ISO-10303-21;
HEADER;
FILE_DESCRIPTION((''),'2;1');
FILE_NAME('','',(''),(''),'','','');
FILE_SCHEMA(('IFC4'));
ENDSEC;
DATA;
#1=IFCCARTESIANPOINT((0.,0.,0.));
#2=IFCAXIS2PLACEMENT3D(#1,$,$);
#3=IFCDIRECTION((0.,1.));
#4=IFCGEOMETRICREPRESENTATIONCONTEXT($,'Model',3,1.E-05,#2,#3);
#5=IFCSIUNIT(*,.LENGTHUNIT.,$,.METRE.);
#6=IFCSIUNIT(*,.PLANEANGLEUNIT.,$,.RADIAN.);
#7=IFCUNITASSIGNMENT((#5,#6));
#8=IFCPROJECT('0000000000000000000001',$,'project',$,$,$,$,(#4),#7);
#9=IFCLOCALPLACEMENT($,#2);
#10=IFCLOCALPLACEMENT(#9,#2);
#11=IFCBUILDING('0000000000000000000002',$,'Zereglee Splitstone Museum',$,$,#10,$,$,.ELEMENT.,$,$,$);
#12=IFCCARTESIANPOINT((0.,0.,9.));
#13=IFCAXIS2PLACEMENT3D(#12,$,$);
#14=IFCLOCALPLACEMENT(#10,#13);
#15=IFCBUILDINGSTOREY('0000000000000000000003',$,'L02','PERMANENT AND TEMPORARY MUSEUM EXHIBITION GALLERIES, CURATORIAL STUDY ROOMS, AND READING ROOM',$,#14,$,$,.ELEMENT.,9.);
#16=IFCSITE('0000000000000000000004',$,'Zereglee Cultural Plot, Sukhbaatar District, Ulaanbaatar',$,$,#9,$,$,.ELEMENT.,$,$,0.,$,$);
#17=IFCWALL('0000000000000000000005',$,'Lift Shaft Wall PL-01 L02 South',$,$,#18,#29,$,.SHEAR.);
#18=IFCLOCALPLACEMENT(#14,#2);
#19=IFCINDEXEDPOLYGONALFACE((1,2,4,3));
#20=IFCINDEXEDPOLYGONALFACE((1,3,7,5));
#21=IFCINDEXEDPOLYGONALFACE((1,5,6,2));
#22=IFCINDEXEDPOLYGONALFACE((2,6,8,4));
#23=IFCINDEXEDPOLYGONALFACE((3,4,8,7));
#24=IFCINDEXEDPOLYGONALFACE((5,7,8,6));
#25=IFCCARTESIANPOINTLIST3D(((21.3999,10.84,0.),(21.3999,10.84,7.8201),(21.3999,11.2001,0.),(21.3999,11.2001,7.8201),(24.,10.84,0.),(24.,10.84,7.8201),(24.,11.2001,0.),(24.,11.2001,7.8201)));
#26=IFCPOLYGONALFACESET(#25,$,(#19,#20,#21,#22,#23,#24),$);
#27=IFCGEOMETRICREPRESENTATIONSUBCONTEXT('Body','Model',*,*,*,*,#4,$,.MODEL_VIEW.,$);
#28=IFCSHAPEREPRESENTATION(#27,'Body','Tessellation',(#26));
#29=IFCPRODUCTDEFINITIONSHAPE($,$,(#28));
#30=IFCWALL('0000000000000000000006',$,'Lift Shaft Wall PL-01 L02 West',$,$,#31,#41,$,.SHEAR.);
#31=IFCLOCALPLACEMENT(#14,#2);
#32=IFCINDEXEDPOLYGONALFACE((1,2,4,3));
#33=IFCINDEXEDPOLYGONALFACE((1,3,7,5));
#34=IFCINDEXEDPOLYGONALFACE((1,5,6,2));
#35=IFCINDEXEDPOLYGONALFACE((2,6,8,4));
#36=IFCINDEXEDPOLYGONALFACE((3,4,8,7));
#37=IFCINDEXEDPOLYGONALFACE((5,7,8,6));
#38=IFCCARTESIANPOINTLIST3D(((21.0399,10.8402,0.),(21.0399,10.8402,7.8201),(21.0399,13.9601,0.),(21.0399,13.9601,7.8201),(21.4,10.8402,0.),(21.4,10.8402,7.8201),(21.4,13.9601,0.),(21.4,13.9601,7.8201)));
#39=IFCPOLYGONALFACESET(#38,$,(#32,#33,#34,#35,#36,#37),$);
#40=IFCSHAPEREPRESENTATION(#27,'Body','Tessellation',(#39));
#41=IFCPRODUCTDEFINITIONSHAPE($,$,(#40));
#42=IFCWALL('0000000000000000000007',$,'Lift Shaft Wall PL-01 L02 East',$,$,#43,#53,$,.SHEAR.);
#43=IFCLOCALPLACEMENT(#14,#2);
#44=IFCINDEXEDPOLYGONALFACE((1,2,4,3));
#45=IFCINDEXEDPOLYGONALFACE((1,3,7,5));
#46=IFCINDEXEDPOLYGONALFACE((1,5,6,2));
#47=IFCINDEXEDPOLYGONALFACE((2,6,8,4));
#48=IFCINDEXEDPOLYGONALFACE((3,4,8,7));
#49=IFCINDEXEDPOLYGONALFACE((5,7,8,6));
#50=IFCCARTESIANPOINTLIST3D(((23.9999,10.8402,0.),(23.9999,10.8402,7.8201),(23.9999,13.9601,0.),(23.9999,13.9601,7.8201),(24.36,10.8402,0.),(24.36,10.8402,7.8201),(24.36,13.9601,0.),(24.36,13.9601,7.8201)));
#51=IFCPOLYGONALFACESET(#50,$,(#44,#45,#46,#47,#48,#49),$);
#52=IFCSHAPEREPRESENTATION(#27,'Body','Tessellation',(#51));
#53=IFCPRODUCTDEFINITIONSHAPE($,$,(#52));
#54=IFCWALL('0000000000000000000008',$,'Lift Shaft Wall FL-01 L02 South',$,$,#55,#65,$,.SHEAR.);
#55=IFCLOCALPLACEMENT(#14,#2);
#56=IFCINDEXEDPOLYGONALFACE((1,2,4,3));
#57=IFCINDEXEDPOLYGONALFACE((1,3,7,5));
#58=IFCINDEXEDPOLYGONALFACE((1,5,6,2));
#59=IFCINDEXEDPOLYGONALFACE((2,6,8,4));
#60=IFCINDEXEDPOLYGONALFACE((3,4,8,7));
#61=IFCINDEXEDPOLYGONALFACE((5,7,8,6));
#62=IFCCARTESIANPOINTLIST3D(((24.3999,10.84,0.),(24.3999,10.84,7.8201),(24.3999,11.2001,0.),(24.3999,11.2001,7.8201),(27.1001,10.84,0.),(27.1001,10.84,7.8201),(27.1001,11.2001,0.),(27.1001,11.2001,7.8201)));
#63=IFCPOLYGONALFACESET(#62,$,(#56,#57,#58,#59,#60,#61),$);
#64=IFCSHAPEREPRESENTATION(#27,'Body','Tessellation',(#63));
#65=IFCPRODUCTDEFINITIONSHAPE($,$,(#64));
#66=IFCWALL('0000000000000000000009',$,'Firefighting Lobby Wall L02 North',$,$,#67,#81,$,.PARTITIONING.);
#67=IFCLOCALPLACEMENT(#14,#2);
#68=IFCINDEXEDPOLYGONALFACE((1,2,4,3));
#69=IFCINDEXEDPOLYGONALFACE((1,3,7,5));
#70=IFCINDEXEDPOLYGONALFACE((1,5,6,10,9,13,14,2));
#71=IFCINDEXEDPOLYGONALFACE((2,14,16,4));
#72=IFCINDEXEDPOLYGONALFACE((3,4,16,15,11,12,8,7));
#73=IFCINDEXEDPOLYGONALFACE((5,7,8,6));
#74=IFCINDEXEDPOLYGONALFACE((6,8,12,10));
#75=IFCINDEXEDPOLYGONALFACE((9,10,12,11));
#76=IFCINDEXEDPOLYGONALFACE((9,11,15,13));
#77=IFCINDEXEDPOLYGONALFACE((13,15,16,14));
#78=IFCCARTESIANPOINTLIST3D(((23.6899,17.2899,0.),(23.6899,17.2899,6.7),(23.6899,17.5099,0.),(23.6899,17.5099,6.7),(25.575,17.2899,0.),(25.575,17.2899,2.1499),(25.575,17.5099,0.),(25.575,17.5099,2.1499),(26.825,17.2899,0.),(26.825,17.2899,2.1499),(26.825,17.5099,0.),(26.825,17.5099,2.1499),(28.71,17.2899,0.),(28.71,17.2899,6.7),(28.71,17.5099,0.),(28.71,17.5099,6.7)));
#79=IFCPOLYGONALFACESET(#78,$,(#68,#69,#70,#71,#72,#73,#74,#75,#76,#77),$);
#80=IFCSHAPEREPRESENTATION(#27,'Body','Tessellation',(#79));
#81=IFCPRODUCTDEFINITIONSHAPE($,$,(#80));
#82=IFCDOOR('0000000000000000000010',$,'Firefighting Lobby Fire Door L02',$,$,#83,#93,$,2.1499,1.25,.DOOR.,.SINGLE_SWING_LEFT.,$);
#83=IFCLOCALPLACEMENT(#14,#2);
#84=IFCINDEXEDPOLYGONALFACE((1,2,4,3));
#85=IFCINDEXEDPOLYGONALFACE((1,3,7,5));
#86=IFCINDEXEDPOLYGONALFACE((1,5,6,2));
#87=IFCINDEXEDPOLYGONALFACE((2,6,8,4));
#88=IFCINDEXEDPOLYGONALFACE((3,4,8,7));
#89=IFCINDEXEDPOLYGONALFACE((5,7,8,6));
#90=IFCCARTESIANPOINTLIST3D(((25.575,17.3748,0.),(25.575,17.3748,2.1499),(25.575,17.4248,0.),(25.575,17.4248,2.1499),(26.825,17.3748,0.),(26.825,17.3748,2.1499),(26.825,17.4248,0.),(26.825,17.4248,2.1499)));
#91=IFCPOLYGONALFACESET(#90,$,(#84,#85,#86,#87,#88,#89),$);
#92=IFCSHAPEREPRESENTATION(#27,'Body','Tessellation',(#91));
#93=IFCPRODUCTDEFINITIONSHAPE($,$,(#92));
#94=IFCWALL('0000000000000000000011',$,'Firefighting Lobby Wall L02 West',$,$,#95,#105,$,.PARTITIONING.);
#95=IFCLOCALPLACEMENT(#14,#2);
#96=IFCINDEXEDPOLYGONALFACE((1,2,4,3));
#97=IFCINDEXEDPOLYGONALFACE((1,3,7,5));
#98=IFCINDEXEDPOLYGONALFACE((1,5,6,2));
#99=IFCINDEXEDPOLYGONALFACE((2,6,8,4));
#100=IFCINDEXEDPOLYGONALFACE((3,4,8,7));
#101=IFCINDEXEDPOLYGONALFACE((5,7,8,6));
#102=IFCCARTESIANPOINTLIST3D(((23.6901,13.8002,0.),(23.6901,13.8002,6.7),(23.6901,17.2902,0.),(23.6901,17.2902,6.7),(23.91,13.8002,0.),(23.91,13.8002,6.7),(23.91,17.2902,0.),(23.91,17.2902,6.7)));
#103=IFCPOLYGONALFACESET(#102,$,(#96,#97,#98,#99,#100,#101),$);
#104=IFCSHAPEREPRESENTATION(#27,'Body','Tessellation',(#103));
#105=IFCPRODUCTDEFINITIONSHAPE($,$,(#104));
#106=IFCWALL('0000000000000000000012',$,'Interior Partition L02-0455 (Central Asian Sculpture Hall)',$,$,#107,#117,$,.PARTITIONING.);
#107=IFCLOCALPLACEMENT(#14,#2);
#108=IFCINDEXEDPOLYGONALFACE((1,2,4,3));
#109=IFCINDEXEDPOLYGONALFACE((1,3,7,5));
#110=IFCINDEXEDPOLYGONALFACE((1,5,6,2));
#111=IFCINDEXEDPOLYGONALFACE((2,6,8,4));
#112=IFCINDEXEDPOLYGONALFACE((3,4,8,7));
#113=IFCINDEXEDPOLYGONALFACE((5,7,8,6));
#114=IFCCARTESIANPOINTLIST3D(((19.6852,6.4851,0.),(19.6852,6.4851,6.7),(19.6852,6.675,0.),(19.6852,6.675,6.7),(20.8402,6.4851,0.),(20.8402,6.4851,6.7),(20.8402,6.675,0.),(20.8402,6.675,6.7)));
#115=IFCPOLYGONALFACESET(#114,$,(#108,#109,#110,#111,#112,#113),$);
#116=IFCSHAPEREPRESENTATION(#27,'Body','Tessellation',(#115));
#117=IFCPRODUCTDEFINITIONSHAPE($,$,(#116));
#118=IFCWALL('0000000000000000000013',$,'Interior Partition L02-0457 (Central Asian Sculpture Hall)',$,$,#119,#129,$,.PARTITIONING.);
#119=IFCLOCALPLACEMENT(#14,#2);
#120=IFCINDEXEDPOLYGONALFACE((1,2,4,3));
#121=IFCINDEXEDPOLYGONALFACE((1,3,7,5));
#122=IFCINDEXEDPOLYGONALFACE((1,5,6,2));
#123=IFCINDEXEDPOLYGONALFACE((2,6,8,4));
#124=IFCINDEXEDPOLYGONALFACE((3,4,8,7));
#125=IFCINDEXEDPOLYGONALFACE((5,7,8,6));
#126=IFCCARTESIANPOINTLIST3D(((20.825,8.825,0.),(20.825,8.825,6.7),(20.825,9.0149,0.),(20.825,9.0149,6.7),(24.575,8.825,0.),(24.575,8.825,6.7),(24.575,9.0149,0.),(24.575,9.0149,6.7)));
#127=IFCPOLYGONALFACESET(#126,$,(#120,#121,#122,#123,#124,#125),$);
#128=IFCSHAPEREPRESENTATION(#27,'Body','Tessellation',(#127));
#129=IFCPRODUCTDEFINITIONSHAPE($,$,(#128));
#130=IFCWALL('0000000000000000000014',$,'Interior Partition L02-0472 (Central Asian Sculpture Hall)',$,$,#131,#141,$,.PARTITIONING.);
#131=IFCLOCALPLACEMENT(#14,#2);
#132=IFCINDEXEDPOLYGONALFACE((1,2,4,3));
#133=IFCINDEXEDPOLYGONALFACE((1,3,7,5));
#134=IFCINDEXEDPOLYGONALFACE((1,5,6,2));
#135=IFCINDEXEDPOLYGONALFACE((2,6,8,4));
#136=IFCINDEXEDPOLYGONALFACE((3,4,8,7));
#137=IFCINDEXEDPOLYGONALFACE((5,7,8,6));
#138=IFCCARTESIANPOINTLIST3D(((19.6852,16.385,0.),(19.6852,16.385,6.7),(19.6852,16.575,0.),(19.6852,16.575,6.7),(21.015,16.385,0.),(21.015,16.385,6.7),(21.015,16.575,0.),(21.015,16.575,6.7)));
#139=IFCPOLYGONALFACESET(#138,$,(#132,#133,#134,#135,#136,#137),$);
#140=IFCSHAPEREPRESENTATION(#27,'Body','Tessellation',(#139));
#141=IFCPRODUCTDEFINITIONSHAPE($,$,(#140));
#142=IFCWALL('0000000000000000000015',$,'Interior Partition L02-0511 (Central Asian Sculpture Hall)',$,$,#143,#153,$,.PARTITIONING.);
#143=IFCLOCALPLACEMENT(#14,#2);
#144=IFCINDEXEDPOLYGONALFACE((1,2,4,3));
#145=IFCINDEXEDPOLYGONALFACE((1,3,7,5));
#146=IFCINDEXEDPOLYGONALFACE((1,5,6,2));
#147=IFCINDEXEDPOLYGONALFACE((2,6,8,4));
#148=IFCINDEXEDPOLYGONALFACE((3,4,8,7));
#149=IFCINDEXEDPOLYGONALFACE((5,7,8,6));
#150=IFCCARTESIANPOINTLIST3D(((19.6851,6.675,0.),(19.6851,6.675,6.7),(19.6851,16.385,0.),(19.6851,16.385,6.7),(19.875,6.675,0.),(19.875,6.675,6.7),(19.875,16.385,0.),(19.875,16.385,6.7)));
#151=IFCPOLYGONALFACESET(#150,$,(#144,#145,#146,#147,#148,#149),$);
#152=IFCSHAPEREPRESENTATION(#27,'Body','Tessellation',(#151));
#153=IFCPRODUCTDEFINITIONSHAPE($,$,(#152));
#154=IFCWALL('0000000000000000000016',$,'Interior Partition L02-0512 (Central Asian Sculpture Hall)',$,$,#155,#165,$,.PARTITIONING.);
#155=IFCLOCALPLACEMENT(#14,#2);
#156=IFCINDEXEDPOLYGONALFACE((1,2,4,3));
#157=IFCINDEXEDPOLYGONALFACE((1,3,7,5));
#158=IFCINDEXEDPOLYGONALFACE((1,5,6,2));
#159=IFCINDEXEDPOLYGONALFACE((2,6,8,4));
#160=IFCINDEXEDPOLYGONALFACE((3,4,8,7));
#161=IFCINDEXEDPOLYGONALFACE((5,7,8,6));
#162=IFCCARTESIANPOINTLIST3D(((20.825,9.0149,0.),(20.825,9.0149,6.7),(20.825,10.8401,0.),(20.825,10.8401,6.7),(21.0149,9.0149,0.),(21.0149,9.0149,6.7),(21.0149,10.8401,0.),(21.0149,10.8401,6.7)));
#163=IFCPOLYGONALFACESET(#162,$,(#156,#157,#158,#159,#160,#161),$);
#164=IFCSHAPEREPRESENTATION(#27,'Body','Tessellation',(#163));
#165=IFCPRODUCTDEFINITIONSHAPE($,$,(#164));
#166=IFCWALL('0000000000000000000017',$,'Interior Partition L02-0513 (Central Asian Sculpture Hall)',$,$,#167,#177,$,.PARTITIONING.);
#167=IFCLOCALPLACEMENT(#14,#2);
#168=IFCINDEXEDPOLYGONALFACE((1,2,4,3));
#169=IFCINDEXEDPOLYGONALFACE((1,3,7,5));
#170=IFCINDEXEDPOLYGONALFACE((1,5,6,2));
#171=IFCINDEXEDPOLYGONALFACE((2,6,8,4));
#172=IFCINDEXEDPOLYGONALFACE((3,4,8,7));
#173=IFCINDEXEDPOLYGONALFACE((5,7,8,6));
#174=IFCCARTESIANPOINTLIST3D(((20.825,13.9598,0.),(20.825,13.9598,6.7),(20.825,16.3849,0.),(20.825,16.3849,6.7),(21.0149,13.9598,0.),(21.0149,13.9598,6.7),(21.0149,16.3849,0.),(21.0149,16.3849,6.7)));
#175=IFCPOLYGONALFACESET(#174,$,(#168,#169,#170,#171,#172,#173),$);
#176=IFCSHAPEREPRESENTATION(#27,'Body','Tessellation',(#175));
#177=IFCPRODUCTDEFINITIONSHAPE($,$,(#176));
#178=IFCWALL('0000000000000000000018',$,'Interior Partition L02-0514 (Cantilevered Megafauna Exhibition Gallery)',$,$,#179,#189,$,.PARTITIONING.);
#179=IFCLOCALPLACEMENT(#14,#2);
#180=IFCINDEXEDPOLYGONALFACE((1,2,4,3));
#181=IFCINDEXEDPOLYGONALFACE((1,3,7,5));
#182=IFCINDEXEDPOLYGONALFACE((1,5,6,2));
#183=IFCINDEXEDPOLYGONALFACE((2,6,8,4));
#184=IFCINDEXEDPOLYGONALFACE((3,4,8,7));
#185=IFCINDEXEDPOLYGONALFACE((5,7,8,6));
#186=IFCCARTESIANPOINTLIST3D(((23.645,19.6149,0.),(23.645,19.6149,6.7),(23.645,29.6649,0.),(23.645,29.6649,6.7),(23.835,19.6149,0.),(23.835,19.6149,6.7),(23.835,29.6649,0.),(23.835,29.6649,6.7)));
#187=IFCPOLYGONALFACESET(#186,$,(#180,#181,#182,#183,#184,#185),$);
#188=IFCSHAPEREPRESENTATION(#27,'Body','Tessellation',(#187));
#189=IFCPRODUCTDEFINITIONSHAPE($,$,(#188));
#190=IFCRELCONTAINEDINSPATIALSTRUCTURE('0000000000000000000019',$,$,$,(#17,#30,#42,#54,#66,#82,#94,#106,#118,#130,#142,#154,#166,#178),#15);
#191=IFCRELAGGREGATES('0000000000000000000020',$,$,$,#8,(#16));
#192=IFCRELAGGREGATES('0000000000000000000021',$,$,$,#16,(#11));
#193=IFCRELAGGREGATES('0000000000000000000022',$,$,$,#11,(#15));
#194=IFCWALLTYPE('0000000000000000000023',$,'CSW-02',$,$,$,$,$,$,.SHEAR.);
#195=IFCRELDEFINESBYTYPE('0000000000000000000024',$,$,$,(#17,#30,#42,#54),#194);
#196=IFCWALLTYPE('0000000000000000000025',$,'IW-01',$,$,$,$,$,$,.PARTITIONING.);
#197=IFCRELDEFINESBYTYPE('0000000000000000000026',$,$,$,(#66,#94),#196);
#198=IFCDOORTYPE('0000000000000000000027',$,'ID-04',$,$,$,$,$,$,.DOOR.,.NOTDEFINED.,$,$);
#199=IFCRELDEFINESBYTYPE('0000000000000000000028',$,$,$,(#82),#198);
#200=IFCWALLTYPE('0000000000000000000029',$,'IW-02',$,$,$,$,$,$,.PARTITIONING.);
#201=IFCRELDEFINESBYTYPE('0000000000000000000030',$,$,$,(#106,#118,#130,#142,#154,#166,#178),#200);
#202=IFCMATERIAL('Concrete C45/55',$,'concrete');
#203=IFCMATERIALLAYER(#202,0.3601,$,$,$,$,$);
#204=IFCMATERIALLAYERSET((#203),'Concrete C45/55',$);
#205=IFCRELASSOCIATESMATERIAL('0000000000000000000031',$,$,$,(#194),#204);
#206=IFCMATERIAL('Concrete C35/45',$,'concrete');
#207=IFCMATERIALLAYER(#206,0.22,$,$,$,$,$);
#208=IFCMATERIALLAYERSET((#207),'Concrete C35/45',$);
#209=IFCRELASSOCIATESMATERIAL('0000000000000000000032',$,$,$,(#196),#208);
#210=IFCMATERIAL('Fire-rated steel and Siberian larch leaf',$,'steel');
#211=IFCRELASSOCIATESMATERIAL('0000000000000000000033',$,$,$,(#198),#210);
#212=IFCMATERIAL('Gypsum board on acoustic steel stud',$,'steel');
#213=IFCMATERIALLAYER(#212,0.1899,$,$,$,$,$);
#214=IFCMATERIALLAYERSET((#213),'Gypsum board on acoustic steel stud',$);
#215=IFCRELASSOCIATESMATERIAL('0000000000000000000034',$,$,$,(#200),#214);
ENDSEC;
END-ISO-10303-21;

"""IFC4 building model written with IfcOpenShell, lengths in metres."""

from ifc_helpers import new_model, si_unit, direction, frame, frame_2d, origin, place, context, subcontext, project, spatial, rectangle, extrude, material, layer, layer_set, type_object, element, fill, save


model = new_model("IFC4")

# Units and contexts
model_context = context("Model", 3, precision=1e-05, world=origin(), true_north=direction((0.0, 1.0)))
body_context = subcontext(model_context, "Body", "Model", "MODEL_VIEW")
ifc_project = project(units=[si_unit("LENGTHUNIT", "METRE"), si_unit("PLANEANGLEUNIT", "RADIAN")], contexts=[model_context])

# Site, building, storey
site_placement = place(None, origin())
site = spatial("IfcSite", under=ifc_project, at=site_placement, Name="Zereglee Cultural Plot, Sukhbaatar District, Ulaanbaatar", CompositionType="ELEMENT", RefElevation=0.0)
building_placement = place(site_placement, origin())
building = spatial("IfcBuilding", under=site, at=building_placement, Name="Zereglee Splitstone Museum", CompositionType="ELEMENT")
storey_placement = place(building_placement, frame((0.0, 0.0, 9.0)))
storey = spatial("IfcBuildingStorey", under=building, at=storey_placement, Name="L02", Description="PERMANENT AND TEMPORARY MUSEUM EXHIBITION GALLERIES, CURATORIAL STUDY ROOMS, AND READING ROOM", CompositionType="ELEMENT", Elevation=9.0)

# Shared definitions
ifc_material_1 = material(Name="Concrete C45/55", Category="concrete")
ifc_layer_1 = layer(ifc_material_1, 0.3601)
ifc_layer_set_1 = layer_set([ifc_layer_1], Name="Concrete C45/55")
wall_type_1 = type_object("IfcWallType", Name="CSW-02", PredefinedType="SHEAR", material=ifc_layer_set_1)

# Shared definitions
ifc_material_2 = material(Name="Fire-rated steel and Siberian larch leaf", Category="steel")

# Walls
wall_1_placement = place(storey_placement, frame((21.3999, 11.02, 0.0), z_axis=(0.0, 0.0, 1.0), x_axis=(1.0, 0.0, 0.0)))
element("IfcWall", 1, at=wall_1_placement, inside=storey, type_object=wall_type_1, Name="Lift Shaft Wall PL-01 L02 South", PredefinedType="SHEAR", context=body_context, shape_type="SweptSolid", body=[
    extrude(rectangle(XDim=2.6001, YDim=0.3601, at=frame_2d((1.3, 0.0))), origin(), (0.0, 0.0, 1.0), 7.8201),
])
for number, where, z_axis, x_axis, name in (
    (2, (21.22, 10.8401, 0.0), (0.0, 0.0, 1.0), (0.0, 1.0, 0.0), "Lift Shaft Wall PL-01 L02 West"),
    (3, (24.1799, 10.8401, 0.0), (0.0, 0.0, 1.0), (0.0, 1.0, 0.0), "Lift Shaft Wall PL-01 L02 East"),
):
    element("IfcWall", number, at=place(storey_placement, frame(where, z_axis=z_axis, x_axis=x_axis)), inside=storey, type_object=wall_type_1, Name=name, PredefinedType="SHEAR", context=body_context, shape_type="SweptSolid", body=[
        extrude(rectangle(XDim=3.1199, YDim=0.3601, at=frame_2d((1.5601, 0.0))), origin(), (0.0, 0.0, 1.0), 7.8201),
    ])

# Wall
wall_2_placement = place(storey_placement, frame((24.3999, 11.02, 0.0), z_axis=(0.0, 0.0, 1.0), x_axis=(1.0, 0.0, 0.0)))
element("IfcWall", 4, at=wall_2_placement, inside=storey, type_object=wall_type_1, Name="Lift Shaft Wall FL-01 L02 South", PredefinedType="SHEAR", context=body_context, shape_type="SweptSolid", body=[
    extrude(rectangle(XDim=2.7002, YDim=0.3601, at=frame_2d((1.3501, 0.0))), origin(), (0.0, 0.0, 1.0), 7.8201),
])

# Wall, opening, door
ifc_material_3 = material(Name="Concrete C35/45", Category="concrete")
ifc_layer_2 = layer(ifc_material_3, 0.22)
ifc_layer_set_2 = layer_set([ifc_layer_2], Name="Concrete C35/45")
wall_type_2 = type_object("IfcWallType", Name="IW-01", PredefinedType="PARTITIONING", material=ifc_layer_set_2)
wall_3_placement = place(storey_placement, frame((23.6899, 17.3999, 0.0), z_axis=(0.0, 0.0, 1.0), x_axis=(1.0, 0.0, 0.0)))
wall_3 = element("IfcWall", 5, at=wall_3_placement, inside=storey, type_object=wall_type_2, Name="Firefighting Lobby Wall L02 North", PredefinedType="PARTITIONING", context=body_context, shape_type="SweptSolid", body=[
    extrude(rectangle(XDim=5.02, YDim=0.22, at=frame_2d((2.51, 0.0))), origin(), (0.0, 0.0, 1.0), 6.7),
])
opening_1_placement = place(wall_3_placement, frame((1.885, 0.0, 0.0)))
opening_1 = element("IfcOpeningElement", 6, at=opening_1_placement, cuts=wall_3, PredefinedType="OPENING", context=body_context, shape_type="SweptSolid", body=[
    extrude(rectangle(XDim=1.25, YDim=2.1499, at=frame_2d((0.625, 1.075))), frame((0.0, 0.125, 0.0), z_axis=(0.0, -1.0, 0.0), x_axis=(1.0, 0.0, 0.0)), (0.0, 0.0, 1.0), 0.2498),
])
door_type_1 = type_object("IfcDoorType", Name="ID-04", OperationType="NOTDEFINED", PredefinedType="DOOR", material=ifc_material_2)
door_1_placement = place(opening_1_placement, origin())
door_1 = element("IfcDoor", 7, at=door_1_placement, inside=storey, type_object=door_type_1, Name="Firefighting Lobby Fire Door L02", OperationType="SINGLE_SWING_LEFT", OverallHeight=2.1499, OverallWidth=1.25, PredefinedType="DOOR", context=body_context, shape_type="SweptSolid", body=[
    extrude(rectangle(XDim=1.25, YDim=2.1499, at=frame_2d((0.625, 1.075))), frame((0.0, 0.0249, 0.0), z_axis=(0.0, -1.0, 0.0), x_axis=(1.0, 0.0, 0.0)), (0.0, 0.0, 1.0), 0.05),
])
fill(opening_1, door_1)

# Walls
wall_4_placement = place(storey_placement, frame((23.8, 13.8, 0.0), z_axis=(0.0, 0.0, 1.0), x_axis=(0.0, 1.0, 0.0)))
element("IfcWall", 8, at=wall_4_placement, inside=storey, type_object=wall_type_2, Name="Firefighting Lobby Wall L02 West", PredefinedType="PARTITIONING", context=body_context, shape_type="SweptSolid", body=[
    extrude(rectangle(XDim=3.49, YDim=0.22, at=frame_2d((1.7451, 0.0))), origin(), (0.0, 0.0, 1.0), 6.7),
])
ifc_material_4 = material(Name="Gypsum board on acoustic steel stud", Category="steel")
ifc_layer_3 = layer(ifc_material_4, 0.1899)
ifc_layer_set_3 = layer_set([ifc_layer_3], Name="Gypsum board on acoustic steel stud")
wall_type_3 = type_object("IfcWallType", Name="IW-02", PredefinedType="PARTITIONING", material=ifc_layer_set_3)
wall_5_placement = place(storey_placement, frame((19.6851, 6.5801, 0.0), z_axis=(0.0, 0.0, 1.0), x_axis=(1.0, 0.0, 0.0)))
element("IfcWall", 9, at=wall_5_placement, inside=storey, type_object=wall_type_3, Name="Interior Partition L02-0455 (Central Asian Sculpture Hall)", PredefinedType="PARTITIONING", context=body_context, shape_type="SweptSolid", body=[
    extrude(rectangle(XDim=1.155, YDim=0.1899, at=frame_2d((0.5776, 0.0))), origin(), (0.0, 0.0, 1.0), 6.7),
])
wall_6_placement = place(storey_placement, frame((20.825, 8.9199, 0.0), z_axis=(0.0, 0.0, 1.0), x_axis=(1.0, 0.0, 0.0)))
element("IfcWall", 10, at=wall_6_placement, inside=storey, type_object=wall_type_3, Name="Interior Partition L02-0457 (Central Asian Sculpture Hall)", PredefinedType="PARTITIONING", context=body_context, shape_type="SweptSolid", body=[
    extrude(rectangle(XDim=3.75, YDim=0.1899, at=frame_2d((1.875, 0.0))), origin(), (0.0, 0.0, 1.0), 6.7),
])
wall_7_placement = place(storey_placement, frame((19.6851, 16.48, 0.0), z_axis=(0.0, 0.0, 1.0), x_axis=(1.0, 0.0, 0.0)))
element("IfcWall", 11, at=wall_7_placement, inside=storey, type_object=wall_type_3, Name="Interior Partition L02-0472 (Central Asian Sculpture Hall)", PredefinedType="PARTITIONING", context=body_context, shape_type="SweptSolid", body=[
    extrude(rectangle(XDim=1.3298, YDim=0.1899, at=frame_2d((0.665, 0.0))), origin(), (0.0, 0.0, 1.0), 6.7),
])
wall_8_placement = place(storey_placement, frame((19.78, 6.675, 0.0), z_axis=(0.0, 0.0, 1.0), x_axis=(0.0, 1.0, 0.0)))
element("IfcWall", 12, at=wall_8_placement, inside=storey, type_object=wall_type_3, Name="Interior Partition L02-0511 (Central Asian Sculpture Hall)", PredefinedType="PARTITIONING", context=body_context, shape_type="SweptSolid", body=[
    extrude(rectangle(XDim=9.71, YDim=0.1899, at=frame_2d((4.855, 0.0))), origin(), (0.0, 0.0, 1.0), 6.7),
])
wall_9_placement = place(storey_placement, frame((20.9199, 9.0149, 0.0), z_axis=(0.0, 0.0, 1.0), x_axis=(0.0, 1.0, 0.0)))
element("IfcWall", 13, at=wall_9_placement, inside=storey, type_object=wall_type_3, Name="Interior Partition L02-0512 (Central Asian Sculpture Hall)", PredefinedType="PARTITIONING", context=body_context, shape_type="SweptSolid", body=[
    extrude(rectangle(XDim=1.8252, YDim=0.1899, at=frame_2d((0.9126, 0.0))), origin(), (0.0, 0.0, 1.0), 6.7),
])
wall_10_placement = place(storey_placement, frame((20.9199, 13.96, 0.0), z_axis=(0.0, 0.0, 1.0), x_axis=(0.0, 1.0, 0.0)))
element("IfcWall", 14, at=wall_10_placement, inside=storey, type_object=wall_type_3, Name="Interior Partition L02-0513 (Central Asian Sculpture Hall)", PredefinedType="PARTITIONING", context=body_context, shape_type="SweptSolid", body=[
    extrude(rectangle(XDim=2.425, YDim=0.1899, at=frame_2d((1.2124, 0.0))), origin(), (0.0, 0.0, 1.0), 6.7),
])
wall_11_placement = place(storey_placement, frame((23.74, 19.615, 0.0), z_axis=(0.0, 0.0, 1.0), x_axis=(0.0, 1.0, 0.0)))
element("IfcWall", 15, at=wall_11_placement, inside=storey, type_object=wall_type_3, Name="Interior Partition L02-0514 (Cantilevered Megafauna Exhibition Gallery)", PredefinedType="PARTITIONING", context=body_context, shape_type="SweptSolid", body=[
    extrude(rectangle(XDim=10.05, YDim=0.1899, at=frame_2d((5.0249, 0.0))), origin(), (0.0, 0.0, 1.0), 6.7),
])

save(model, "model.ifc")
